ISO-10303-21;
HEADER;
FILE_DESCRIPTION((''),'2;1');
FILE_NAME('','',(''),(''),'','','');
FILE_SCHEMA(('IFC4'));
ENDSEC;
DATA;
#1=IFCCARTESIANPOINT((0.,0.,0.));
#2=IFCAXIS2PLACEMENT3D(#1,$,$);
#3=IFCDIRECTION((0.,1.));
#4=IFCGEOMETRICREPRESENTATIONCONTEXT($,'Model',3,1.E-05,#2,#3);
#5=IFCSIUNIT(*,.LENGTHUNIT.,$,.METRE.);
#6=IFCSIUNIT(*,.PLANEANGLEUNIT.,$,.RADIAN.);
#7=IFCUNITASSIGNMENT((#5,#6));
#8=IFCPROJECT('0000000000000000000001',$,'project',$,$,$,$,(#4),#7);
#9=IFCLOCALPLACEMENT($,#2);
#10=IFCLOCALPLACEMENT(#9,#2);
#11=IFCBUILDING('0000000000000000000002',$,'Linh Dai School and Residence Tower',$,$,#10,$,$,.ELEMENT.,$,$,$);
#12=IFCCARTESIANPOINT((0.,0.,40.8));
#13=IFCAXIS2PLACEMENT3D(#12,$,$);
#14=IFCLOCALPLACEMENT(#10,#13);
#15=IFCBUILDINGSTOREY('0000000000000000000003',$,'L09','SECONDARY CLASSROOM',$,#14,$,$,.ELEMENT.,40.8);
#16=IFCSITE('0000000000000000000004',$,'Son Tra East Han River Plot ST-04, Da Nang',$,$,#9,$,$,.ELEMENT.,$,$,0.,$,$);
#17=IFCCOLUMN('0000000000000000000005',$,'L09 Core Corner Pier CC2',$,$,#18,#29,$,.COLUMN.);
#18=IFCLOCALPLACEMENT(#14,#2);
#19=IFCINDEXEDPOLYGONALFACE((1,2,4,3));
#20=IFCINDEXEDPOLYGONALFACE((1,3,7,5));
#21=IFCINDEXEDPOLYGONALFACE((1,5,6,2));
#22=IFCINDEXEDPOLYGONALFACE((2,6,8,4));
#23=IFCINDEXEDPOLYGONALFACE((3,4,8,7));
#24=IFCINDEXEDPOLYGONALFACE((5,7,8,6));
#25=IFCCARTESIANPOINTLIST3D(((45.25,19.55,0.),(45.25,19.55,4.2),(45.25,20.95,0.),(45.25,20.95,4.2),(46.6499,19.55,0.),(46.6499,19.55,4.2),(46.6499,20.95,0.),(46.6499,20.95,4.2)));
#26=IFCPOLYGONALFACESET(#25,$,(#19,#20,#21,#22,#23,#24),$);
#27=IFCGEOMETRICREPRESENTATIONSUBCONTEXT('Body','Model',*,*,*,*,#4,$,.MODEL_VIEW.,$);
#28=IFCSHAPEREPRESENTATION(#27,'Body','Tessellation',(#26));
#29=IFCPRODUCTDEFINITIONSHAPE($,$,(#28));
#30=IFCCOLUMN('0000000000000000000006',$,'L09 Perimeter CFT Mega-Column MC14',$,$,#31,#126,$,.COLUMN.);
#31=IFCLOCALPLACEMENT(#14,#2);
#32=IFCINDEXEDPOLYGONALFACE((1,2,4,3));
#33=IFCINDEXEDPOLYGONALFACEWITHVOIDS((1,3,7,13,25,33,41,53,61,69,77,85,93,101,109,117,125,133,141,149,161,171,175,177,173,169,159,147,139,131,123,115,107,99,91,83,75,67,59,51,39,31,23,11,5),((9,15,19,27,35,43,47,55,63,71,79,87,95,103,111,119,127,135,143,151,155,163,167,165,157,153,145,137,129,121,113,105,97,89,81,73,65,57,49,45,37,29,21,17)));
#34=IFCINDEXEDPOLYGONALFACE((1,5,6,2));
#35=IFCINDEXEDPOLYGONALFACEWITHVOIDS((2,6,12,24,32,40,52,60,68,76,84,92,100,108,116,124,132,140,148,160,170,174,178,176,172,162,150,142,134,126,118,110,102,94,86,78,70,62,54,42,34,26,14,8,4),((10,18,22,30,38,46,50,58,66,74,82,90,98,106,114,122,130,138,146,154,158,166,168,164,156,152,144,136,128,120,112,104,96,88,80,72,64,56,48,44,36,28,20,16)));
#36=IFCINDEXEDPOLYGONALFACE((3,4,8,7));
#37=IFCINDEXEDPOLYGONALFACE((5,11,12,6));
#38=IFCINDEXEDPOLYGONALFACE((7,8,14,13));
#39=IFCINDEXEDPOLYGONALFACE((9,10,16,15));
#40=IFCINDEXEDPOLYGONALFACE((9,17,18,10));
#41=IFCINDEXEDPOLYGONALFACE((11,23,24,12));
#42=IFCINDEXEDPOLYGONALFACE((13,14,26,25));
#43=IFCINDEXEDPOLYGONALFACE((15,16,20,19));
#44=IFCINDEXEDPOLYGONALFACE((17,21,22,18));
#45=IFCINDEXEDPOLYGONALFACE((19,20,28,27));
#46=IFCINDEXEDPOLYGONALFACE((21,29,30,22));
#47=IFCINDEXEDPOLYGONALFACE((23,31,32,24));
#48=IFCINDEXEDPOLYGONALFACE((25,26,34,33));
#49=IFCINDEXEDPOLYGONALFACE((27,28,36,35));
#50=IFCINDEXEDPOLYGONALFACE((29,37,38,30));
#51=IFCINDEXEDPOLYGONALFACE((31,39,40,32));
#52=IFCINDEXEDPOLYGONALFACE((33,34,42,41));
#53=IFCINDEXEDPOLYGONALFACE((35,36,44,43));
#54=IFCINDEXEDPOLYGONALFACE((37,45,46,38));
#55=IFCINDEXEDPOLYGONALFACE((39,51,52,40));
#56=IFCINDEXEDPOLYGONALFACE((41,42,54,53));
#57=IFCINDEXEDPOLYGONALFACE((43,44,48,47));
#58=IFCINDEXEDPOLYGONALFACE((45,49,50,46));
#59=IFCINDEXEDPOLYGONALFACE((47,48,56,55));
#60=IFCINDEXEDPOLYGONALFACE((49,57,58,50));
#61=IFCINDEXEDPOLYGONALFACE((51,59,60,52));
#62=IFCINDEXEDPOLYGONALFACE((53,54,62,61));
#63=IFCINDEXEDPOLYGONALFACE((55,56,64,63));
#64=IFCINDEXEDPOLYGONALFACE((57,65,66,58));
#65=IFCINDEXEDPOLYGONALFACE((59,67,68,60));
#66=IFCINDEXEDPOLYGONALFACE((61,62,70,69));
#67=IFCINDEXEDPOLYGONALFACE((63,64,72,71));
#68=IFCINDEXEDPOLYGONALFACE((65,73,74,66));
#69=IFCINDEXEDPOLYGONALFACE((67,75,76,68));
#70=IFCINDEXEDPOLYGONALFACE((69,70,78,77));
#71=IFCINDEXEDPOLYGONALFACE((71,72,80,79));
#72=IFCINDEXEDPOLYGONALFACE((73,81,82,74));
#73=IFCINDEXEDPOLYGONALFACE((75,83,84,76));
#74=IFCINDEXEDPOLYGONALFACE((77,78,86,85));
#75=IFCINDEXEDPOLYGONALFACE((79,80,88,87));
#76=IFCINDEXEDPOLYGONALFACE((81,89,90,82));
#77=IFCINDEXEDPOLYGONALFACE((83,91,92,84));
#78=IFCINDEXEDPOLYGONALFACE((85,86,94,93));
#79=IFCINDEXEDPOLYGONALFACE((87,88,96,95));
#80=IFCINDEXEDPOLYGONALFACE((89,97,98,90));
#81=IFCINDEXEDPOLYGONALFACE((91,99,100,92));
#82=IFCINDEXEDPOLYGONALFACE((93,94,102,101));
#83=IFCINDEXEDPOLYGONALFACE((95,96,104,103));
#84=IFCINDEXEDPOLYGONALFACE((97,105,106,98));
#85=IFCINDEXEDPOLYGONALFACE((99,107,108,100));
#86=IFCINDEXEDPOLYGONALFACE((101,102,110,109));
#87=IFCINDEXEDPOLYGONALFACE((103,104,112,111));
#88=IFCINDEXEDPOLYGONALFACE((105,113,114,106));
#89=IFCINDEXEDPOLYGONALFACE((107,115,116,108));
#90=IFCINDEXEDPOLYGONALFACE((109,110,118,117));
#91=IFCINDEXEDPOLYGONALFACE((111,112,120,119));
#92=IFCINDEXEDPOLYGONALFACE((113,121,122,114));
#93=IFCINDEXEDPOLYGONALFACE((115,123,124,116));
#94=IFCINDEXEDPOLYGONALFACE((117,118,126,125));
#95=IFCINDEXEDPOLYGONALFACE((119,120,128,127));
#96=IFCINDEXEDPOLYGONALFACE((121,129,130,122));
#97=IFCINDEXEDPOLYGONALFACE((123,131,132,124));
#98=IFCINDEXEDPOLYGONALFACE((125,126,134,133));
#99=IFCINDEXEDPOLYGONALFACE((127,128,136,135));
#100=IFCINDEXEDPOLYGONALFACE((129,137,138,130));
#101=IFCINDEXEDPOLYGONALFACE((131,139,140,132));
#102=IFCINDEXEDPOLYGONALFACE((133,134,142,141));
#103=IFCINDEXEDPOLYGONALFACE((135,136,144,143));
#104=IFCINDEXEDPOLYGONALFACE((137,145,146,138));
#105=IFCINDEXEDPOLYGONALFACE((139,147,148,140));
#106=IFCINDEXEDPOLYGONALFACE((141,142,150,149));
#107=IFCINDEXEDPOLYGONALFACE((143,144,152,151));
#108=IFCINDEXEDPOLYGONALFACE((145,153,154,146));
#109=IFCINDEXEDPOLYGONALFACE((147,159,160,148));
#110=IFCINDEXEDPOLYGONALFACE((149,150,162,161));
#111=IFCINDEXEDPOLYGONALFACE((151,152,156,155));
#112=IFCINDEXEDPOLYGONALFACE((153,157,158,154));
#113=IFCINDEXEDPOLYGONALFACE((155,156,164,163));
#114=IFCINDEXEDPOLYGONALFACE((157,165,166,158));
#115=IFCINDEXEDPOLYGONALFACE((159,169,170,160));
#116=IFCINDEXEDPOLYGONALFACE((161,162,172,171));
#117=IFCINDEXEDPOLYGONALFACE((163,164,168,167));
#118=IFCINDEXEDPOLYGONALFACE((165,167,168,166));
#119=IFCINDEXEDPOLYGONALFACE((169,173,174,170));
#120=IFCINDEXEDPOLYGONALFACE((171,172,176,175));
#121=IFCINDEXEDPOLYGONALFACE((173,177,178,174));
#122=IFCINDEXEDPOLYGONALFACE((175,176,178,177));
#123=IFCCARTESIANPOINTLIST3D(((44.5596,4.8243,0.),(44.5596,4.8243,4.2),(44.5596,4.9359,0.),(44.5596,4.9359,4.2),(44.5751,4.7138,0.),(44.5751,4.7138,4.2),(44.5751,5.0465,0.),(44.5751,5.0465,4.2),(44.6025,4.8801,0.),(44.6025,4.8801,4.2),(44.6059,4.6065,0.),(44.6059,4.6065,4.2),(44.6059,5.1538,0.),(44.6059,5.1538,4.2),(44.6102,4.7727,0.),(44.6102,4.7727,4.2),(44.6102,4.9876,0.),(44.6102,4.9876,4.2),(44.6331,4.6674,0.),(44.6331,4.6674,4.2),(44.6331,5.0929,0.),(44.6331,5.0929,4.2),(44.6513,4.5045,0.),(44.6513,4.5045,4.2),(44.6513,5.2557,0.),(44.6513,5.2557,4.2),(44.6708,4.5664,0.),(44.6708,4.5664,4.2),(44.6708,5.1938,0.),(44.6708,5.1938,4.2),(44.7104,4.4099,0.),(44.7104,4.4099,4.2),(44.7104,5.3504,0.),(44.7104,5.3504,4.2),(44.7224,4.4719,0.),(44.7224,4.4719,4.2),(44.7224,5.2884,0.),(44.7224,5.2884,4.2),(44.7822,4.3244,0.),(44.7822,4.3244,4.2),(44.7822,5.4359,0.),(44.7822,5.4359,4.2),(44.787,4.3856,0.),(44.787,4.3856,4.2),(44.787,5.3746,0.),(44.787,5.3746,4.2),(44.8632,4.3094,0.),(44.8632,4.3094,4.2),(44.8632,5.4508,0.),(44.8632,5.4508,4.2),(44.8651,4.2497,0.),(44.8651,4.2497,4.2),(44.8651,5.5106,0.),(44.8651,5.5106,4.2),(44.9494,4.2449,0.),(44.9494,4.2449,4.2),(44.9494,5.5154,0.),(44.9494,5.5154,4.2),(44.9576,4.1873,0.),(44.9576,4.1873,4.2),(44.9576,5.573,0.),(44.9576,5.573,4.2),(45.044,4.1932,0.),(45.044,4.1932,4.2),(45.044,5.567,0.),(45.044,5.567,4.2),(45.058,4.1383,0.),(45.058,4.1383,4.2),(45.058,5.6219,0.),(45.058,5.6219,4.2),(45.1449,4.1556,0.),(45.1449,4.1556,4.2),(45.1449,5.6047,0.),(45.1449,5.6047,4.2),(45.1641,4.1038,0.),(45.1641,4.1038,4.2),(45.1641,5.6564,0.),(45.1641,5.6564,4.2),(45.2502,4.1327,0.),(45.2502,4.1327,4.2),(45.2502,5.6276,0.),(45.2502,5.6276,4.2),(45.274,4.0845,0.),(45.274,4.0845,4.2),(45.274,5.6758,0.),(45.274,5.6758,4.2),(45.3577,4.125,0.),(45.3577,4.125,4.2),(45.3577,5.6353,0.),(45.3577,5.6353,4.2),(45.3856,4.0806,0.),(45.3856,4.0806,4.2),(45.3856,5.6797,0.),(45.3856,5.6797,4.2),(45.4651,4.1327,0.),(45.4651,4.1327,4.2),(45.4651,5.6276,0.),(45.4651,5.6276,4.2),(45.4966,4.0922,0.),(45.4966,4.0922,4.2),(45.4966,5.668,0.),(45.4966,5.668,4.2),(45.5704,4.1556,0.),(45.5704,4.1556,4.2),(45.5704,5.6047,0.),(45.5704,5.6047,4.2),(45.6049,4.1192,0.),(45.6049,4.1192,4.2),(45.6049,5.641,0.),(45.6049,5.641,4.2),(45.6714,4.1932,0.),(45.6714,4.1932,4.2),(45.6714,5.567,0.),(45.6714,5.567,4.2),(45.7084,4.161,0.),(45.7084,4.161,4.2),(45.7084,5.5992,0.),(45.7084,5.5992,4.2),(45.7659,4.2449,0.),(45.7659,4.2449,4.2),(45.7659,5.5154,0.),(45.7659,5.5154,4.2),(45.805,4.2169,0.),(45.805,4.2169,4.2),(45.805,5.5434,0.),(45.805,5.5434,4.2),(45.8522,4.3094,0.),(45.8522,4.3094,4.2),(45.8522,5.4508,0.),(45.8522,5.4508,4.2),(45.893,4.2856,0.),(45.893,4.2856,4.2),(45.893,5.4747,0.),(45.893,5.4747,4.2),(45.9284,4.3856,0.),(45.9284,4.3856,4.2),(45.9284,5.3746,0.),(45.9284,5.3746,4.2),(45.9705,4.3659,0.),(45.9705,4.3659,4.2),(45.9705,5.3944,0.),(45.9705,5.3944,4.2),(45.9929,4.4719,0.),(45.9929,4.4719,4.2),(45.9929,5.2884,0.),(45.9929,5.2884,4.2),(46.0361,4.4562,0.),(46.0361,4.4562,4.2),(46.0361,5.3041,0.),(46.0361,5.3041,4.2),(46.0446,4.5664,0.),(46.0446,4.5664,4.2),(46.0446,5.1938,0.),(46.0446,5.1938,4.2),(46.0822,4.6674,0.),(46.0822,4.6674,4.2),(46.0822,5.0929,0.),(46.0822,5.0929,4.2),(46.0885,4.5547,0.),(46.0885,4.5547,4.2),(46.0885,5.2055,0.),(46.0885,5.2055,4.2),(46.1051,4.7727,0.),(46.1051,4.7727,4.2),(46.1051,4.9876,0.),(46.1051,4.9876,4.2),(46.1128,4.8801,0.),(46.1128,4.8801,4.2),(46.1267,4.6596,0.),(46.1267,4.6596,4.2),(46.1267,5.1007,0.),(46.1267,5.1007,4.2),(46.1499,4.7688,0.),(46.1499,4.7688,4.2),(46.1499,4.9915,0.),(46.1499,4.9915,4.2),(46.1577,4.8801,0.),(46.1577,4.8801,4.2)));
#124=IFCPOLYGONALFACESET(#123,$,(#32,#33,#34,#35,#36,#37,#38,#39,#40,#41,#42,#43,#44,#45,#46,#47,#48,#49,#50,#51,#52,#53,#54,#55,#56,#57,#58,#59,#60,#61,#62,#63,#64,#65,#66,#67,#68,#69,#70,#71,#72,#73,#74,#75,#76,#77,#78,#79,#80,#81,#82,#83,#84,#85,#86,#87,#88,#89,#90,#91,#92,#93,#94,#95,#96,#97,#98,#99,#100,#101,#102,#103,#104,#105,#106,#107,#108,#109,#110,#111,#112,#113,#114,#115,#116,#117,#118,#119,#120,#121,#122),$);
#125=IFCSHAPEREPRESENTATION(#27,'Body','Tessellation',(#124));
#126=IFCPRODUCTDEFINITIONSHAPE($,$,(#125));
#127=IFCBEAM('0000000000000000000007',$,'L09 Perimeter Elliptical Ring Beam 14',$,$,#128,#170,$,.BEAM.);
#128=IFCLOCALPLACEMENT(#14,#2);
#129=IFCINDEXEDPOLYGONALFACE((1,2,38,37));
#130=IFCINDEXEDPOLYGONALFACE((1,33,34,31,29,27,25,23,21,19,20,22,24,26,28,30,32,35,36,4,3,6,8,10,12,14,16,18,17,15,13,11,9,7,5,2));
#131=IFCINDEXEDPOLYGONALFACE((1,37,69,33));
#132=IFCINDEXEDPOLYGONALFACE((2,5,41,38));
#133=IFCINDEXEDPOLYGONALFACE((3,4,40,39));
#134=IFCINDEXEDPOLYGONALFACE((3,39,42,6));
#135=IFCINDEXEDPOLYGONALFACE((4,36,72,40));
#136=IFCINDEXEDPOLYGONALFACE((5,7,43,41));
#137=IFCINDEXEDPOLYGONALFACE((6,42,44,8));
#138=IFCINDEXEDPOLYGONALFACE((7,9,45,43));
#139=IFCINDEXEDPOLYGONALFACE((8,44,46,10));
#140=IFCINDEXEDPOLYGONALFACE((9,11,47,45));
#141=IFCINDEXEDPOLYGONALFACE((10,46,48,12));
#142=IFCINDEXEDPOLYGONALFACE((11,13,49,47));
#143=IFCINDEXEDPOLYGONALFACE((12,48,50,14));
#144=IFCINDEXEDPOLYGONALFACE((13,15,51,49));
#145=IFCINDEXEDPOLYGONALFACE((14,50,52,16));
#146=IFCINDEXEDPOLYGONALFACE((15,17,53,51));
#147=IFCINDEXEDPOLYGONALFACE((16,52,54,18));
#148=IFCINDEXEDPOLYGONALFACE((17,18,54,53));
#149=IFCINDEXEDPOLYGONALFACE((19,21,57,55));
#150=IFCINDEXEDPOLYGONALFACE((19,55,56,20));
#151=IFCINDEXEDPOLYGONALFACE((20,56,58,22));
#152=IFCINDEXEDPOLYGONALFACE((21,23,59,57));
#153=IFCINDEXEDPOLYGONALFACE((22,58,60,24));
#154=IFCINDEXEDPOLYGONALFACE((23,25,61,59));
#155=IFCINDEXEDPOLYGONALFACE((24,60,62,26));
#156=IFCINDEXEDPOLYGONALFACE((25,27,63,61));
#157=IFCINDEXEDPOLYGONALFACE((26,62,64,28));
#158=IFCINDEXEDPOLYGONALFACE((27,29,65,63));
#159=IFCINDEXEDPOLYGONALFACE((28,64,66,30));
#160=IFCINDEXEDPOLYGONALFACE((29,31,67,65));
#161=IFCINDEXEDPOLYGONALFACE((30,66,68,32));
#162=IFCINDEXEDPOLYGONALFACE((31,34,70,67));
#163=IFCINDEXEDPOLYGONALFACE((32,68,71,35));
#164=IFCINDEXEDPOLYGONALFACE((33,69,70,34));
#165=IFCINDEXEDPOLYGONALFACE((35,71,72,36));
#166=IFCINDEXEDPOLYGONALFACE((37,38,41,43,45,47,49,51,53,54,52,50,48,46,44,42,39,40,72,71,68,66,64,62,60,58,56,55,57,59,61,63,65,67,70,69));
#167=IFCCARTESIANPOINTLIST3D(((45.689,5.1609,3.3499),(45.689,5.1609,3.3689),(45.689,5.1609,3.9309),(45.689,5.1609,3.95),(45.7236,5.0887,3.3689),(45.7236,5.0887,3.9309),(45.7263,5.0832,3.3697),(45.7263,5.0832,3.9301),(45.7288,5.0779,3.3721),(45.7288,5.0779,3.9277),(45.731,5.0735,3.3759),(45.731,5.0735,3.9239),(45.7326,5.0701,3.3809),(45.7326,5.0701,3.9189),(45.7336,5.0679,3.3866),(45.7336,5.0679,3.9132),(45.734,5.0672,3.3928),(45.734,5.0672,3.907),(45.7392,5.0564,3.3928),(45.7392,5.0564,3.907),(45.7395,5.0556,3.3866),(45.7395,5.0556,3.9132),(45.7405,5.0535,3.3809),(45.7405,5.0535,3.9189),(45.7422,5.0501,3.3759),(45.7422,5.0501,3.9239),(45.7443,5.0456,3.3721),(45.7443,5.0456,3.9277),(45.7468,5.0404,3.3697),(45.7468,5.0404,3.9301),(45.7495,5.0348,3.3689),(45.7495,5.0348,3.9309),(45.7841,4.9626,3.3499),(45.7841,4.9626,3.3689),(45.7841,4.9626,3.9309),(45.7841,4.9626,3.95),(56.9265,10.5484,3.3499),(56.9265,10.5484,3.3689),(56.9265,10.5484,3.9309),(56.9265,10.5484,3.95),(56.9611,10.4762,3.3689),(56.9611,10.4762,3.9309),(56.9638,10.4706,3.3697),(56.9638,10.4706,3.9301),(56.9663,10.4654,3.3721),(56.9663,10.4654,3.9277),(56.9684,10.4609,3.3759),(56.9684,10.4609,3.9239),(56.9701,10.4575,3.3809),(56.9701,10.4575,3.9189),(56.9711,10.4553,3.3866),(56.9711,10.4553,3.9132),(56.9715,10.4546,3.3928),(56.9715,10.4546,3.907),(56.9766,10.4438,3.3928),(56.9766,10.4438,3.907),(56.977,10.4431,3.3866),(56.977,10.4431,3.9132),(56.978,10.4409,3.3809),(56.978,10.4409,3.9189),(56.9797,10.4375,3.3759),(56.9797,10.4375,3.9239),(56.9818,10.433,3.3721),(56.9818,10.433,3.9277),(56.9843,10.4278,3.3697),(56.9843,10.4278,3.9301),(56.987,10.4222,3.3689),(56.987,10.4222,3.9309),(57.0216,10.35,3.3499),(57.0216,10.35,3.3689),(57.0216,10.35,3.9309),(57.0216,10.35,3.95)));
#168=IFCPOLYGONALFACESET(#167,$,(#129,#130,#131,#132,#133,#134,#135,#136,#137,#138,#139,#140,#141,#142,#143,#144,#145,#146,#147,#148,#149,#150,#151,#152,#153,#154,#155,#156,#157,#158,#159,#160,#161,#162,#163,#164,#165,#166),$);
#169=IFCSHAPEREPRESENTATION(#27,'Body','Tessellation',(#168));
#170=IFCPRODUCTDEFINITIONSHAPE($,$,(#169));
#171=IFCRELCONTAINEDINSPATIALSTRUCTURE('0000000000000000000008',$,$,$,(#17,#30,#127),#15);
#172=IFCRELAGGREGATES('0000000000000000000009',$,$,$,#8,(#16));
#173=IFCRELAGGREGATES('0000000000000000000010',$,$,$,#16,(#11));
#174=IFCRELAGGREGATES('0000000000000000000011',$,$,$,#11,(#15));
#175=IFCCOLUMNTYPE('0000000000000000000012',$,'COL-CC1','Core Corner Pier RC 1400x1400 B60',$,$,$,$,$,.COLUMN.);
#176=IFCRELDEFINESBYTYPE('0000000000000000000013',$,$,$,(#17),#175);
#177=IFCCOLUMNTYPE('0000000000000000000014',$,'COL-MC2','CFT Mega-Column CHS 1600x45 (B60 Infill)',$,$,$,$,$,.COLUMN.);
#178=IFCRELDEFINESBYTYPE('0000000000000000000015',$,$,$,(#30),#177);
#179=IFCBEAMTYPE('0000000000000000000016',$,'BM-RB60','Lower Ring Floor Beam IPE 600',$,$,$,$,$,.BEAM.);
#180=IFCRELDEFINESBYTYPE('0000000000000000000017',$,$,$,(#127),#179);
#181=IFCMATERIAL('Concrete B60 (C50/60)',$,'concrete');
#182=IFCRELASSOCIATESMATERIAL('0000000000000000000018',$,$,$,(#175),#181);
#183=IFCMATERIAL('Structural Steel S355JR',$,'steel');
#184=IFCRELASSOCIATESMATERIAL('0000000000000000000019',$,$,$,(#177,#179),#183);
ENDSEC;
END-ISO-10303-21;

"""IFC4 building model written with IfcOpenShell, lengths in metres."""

from ifc_helpers import new_model, si_unit, direction, frame, origin, origin_2d, place, context, subcontext, project, spatial, rectangle, hollow_circle, i_section, extrude, material, material_profile, profile_set, type_object, element, save


model = new_model("IFC4")

# Units and contexts
model_context = context("Model", 3, precision=1e-05, world=origin(), true_north=direction((0.0, 1.0)))
body_context = subcontext(model_context, "Body", "Model", "MODEL_VIEW")
ifc_project = project(units=[si_unit("LENGTHUNIT", "METRE"), si_unit("PLANEANGLEUNIT", "RADIAN")], contexts=[model_context])

# Site, building, storey
site_placement = place(None, origin())
site = spatial("IfcSite", under=ifc_project, at=site_placement, Name="Son Tra East Han River Plot ST-04, Da Nang", CompositionType="ELEMENT", RefElevation=0.0)
building_placement = place(site_placement, origin())
building = spatial("IfcBuilding", under=site, at=building_placement, Name="Linh Dai School and Residence Tower", CompositionType="ELEMENT")
storey_placement = place(building_placement, frame((0.0, 0.0, 40.8)))
storey = spatial("IfcBuildingStorey", under=building, at=storey_placement, Name="L09", Description="SECONDARY CLASSROOM", CompositionType="ELEMENT", Elevation=40.8)

# Columns
ifc_material_1 = material(Name="Concrete B60 (C50/60)", Category="concrete")
ifc_material_profile_1 = material_profile(ifc_material_1, rectangle(XDim=1.3999, YDim=1.3999, at=origin_2d()), Name="RC 1400x1400")
ifc_profile_set_1 = profile_set([ifc_material_profile_1], Name="Concrete B60 (C50/60)")
column_type_1 = type_object("IfcColumnType", Name="COL-CC1", Description="Core Corner Pier RC 1400x1400 B60", PredefinedType="COLUMN", material=ifc_profile_set_1)
column_1_placement = place(storey_placement, frame((45.95, 20.25, 0.0), z_axis=(0.0, 0.0, 1.0), x_axis=(1.0, 0.0, 0.0)))
element("IfcColumn", 1, at=column_1_placement, inside=storey, type_object=column_type_1, Name="L09 Core Corner Pier CC2", PredefinedType="COLUMN", context=body_context, shape_type="SweptSolid", body=[
    extrude(rectangle(XDim=1.3999, YDim=1.3999, at=origin_2d()), origin(), (0.0, 0.0, 1.0), 4.2),
])
ifc_material_2 = material(Name="Structural Steel S355JR", Category="steel")
ifc_material_profile_2 = material_profile(ifc_material_2, hollow_circle(Radius=0.8, WallThickness=0.0449, at=origin_2d()), Name="CHS 1600x45")
ifc_profile_set_2 = profile_set([ifc_material_profile_2], Name="Structural Steel S355JR")
column_type_2 = type_object("IfcColumnType", Name="COL-MC2", Description="CFT Mega-Column CHS 1600x45 (B60 Infill)", PredefinedType="COLUMN", material=ifc_profile_set_2)
column_2_placement = place(storey_placement, frame((45.3577, 4.8801, 0.0), z_axis=(0.0, 0.0, 1.0), x_axis=(1.0, 0.0, 0.0)))
element("IfcColumn", 2, at=column_2_placement, inside=storey, type_object=column_type_2, Name="L09 Perimeter CFT Mega-Column MC14", PredefinedType="COLUMN", context=body_context, shape_type="SweptSolid", body=[
    extrude(hollow_circle(Radius=0.8, WallThickness=0.0449, at=origin_2d()), origin(), (0.0, 0.0, 1.0), 4.2),
])

# Beam
ifc_material_profile_3 = material_profile(ifc_material_2, i_section(OverallWidth=0.22, OverallDepth=0.6001, WebThickness=0.012, FlangeThickness=0.019, FilletRadius=0.0239, at=origin_2d()), Name="IPE 600")
ifc_profile_set_3 = profile_set([ifc_material_profile_3], Name="Structural Steel S355JR")
beam_type_1 = type_object("IfcBeamType", Name="BM-RB60", Description="Lower Ring Floor Beam IPE 600", PredefinedType="BEAM", material=ifc_profile_set_3)
beam_1_placement = place(storey_placement, frame((45.7366, 5.0618, 3.6499), z_axis=(0.901729, 0.432302, 0.0), x_axis=(-0.432302, 0.901729, 0.0)))
element("IfcBeam", 3, at=beam_1_placement, inside=storey, type_object=beam_type_1, Name="L09 Perimeter Elliptical Ring Beam 14", PredefinedType="BEAM", context=body_context, shape_type="SweptSolid", body=[
    extrude(i_section(OverallWidth=0.22, OverallDepth=0.6001, WebThickness=0.012, FlangeThickness=0.019, FilletRadius=0.0239, at=origin_2d()), origin(), (0.0, 0.0, 1.0), 12.4622),
])

save(model, "model.ifc")
